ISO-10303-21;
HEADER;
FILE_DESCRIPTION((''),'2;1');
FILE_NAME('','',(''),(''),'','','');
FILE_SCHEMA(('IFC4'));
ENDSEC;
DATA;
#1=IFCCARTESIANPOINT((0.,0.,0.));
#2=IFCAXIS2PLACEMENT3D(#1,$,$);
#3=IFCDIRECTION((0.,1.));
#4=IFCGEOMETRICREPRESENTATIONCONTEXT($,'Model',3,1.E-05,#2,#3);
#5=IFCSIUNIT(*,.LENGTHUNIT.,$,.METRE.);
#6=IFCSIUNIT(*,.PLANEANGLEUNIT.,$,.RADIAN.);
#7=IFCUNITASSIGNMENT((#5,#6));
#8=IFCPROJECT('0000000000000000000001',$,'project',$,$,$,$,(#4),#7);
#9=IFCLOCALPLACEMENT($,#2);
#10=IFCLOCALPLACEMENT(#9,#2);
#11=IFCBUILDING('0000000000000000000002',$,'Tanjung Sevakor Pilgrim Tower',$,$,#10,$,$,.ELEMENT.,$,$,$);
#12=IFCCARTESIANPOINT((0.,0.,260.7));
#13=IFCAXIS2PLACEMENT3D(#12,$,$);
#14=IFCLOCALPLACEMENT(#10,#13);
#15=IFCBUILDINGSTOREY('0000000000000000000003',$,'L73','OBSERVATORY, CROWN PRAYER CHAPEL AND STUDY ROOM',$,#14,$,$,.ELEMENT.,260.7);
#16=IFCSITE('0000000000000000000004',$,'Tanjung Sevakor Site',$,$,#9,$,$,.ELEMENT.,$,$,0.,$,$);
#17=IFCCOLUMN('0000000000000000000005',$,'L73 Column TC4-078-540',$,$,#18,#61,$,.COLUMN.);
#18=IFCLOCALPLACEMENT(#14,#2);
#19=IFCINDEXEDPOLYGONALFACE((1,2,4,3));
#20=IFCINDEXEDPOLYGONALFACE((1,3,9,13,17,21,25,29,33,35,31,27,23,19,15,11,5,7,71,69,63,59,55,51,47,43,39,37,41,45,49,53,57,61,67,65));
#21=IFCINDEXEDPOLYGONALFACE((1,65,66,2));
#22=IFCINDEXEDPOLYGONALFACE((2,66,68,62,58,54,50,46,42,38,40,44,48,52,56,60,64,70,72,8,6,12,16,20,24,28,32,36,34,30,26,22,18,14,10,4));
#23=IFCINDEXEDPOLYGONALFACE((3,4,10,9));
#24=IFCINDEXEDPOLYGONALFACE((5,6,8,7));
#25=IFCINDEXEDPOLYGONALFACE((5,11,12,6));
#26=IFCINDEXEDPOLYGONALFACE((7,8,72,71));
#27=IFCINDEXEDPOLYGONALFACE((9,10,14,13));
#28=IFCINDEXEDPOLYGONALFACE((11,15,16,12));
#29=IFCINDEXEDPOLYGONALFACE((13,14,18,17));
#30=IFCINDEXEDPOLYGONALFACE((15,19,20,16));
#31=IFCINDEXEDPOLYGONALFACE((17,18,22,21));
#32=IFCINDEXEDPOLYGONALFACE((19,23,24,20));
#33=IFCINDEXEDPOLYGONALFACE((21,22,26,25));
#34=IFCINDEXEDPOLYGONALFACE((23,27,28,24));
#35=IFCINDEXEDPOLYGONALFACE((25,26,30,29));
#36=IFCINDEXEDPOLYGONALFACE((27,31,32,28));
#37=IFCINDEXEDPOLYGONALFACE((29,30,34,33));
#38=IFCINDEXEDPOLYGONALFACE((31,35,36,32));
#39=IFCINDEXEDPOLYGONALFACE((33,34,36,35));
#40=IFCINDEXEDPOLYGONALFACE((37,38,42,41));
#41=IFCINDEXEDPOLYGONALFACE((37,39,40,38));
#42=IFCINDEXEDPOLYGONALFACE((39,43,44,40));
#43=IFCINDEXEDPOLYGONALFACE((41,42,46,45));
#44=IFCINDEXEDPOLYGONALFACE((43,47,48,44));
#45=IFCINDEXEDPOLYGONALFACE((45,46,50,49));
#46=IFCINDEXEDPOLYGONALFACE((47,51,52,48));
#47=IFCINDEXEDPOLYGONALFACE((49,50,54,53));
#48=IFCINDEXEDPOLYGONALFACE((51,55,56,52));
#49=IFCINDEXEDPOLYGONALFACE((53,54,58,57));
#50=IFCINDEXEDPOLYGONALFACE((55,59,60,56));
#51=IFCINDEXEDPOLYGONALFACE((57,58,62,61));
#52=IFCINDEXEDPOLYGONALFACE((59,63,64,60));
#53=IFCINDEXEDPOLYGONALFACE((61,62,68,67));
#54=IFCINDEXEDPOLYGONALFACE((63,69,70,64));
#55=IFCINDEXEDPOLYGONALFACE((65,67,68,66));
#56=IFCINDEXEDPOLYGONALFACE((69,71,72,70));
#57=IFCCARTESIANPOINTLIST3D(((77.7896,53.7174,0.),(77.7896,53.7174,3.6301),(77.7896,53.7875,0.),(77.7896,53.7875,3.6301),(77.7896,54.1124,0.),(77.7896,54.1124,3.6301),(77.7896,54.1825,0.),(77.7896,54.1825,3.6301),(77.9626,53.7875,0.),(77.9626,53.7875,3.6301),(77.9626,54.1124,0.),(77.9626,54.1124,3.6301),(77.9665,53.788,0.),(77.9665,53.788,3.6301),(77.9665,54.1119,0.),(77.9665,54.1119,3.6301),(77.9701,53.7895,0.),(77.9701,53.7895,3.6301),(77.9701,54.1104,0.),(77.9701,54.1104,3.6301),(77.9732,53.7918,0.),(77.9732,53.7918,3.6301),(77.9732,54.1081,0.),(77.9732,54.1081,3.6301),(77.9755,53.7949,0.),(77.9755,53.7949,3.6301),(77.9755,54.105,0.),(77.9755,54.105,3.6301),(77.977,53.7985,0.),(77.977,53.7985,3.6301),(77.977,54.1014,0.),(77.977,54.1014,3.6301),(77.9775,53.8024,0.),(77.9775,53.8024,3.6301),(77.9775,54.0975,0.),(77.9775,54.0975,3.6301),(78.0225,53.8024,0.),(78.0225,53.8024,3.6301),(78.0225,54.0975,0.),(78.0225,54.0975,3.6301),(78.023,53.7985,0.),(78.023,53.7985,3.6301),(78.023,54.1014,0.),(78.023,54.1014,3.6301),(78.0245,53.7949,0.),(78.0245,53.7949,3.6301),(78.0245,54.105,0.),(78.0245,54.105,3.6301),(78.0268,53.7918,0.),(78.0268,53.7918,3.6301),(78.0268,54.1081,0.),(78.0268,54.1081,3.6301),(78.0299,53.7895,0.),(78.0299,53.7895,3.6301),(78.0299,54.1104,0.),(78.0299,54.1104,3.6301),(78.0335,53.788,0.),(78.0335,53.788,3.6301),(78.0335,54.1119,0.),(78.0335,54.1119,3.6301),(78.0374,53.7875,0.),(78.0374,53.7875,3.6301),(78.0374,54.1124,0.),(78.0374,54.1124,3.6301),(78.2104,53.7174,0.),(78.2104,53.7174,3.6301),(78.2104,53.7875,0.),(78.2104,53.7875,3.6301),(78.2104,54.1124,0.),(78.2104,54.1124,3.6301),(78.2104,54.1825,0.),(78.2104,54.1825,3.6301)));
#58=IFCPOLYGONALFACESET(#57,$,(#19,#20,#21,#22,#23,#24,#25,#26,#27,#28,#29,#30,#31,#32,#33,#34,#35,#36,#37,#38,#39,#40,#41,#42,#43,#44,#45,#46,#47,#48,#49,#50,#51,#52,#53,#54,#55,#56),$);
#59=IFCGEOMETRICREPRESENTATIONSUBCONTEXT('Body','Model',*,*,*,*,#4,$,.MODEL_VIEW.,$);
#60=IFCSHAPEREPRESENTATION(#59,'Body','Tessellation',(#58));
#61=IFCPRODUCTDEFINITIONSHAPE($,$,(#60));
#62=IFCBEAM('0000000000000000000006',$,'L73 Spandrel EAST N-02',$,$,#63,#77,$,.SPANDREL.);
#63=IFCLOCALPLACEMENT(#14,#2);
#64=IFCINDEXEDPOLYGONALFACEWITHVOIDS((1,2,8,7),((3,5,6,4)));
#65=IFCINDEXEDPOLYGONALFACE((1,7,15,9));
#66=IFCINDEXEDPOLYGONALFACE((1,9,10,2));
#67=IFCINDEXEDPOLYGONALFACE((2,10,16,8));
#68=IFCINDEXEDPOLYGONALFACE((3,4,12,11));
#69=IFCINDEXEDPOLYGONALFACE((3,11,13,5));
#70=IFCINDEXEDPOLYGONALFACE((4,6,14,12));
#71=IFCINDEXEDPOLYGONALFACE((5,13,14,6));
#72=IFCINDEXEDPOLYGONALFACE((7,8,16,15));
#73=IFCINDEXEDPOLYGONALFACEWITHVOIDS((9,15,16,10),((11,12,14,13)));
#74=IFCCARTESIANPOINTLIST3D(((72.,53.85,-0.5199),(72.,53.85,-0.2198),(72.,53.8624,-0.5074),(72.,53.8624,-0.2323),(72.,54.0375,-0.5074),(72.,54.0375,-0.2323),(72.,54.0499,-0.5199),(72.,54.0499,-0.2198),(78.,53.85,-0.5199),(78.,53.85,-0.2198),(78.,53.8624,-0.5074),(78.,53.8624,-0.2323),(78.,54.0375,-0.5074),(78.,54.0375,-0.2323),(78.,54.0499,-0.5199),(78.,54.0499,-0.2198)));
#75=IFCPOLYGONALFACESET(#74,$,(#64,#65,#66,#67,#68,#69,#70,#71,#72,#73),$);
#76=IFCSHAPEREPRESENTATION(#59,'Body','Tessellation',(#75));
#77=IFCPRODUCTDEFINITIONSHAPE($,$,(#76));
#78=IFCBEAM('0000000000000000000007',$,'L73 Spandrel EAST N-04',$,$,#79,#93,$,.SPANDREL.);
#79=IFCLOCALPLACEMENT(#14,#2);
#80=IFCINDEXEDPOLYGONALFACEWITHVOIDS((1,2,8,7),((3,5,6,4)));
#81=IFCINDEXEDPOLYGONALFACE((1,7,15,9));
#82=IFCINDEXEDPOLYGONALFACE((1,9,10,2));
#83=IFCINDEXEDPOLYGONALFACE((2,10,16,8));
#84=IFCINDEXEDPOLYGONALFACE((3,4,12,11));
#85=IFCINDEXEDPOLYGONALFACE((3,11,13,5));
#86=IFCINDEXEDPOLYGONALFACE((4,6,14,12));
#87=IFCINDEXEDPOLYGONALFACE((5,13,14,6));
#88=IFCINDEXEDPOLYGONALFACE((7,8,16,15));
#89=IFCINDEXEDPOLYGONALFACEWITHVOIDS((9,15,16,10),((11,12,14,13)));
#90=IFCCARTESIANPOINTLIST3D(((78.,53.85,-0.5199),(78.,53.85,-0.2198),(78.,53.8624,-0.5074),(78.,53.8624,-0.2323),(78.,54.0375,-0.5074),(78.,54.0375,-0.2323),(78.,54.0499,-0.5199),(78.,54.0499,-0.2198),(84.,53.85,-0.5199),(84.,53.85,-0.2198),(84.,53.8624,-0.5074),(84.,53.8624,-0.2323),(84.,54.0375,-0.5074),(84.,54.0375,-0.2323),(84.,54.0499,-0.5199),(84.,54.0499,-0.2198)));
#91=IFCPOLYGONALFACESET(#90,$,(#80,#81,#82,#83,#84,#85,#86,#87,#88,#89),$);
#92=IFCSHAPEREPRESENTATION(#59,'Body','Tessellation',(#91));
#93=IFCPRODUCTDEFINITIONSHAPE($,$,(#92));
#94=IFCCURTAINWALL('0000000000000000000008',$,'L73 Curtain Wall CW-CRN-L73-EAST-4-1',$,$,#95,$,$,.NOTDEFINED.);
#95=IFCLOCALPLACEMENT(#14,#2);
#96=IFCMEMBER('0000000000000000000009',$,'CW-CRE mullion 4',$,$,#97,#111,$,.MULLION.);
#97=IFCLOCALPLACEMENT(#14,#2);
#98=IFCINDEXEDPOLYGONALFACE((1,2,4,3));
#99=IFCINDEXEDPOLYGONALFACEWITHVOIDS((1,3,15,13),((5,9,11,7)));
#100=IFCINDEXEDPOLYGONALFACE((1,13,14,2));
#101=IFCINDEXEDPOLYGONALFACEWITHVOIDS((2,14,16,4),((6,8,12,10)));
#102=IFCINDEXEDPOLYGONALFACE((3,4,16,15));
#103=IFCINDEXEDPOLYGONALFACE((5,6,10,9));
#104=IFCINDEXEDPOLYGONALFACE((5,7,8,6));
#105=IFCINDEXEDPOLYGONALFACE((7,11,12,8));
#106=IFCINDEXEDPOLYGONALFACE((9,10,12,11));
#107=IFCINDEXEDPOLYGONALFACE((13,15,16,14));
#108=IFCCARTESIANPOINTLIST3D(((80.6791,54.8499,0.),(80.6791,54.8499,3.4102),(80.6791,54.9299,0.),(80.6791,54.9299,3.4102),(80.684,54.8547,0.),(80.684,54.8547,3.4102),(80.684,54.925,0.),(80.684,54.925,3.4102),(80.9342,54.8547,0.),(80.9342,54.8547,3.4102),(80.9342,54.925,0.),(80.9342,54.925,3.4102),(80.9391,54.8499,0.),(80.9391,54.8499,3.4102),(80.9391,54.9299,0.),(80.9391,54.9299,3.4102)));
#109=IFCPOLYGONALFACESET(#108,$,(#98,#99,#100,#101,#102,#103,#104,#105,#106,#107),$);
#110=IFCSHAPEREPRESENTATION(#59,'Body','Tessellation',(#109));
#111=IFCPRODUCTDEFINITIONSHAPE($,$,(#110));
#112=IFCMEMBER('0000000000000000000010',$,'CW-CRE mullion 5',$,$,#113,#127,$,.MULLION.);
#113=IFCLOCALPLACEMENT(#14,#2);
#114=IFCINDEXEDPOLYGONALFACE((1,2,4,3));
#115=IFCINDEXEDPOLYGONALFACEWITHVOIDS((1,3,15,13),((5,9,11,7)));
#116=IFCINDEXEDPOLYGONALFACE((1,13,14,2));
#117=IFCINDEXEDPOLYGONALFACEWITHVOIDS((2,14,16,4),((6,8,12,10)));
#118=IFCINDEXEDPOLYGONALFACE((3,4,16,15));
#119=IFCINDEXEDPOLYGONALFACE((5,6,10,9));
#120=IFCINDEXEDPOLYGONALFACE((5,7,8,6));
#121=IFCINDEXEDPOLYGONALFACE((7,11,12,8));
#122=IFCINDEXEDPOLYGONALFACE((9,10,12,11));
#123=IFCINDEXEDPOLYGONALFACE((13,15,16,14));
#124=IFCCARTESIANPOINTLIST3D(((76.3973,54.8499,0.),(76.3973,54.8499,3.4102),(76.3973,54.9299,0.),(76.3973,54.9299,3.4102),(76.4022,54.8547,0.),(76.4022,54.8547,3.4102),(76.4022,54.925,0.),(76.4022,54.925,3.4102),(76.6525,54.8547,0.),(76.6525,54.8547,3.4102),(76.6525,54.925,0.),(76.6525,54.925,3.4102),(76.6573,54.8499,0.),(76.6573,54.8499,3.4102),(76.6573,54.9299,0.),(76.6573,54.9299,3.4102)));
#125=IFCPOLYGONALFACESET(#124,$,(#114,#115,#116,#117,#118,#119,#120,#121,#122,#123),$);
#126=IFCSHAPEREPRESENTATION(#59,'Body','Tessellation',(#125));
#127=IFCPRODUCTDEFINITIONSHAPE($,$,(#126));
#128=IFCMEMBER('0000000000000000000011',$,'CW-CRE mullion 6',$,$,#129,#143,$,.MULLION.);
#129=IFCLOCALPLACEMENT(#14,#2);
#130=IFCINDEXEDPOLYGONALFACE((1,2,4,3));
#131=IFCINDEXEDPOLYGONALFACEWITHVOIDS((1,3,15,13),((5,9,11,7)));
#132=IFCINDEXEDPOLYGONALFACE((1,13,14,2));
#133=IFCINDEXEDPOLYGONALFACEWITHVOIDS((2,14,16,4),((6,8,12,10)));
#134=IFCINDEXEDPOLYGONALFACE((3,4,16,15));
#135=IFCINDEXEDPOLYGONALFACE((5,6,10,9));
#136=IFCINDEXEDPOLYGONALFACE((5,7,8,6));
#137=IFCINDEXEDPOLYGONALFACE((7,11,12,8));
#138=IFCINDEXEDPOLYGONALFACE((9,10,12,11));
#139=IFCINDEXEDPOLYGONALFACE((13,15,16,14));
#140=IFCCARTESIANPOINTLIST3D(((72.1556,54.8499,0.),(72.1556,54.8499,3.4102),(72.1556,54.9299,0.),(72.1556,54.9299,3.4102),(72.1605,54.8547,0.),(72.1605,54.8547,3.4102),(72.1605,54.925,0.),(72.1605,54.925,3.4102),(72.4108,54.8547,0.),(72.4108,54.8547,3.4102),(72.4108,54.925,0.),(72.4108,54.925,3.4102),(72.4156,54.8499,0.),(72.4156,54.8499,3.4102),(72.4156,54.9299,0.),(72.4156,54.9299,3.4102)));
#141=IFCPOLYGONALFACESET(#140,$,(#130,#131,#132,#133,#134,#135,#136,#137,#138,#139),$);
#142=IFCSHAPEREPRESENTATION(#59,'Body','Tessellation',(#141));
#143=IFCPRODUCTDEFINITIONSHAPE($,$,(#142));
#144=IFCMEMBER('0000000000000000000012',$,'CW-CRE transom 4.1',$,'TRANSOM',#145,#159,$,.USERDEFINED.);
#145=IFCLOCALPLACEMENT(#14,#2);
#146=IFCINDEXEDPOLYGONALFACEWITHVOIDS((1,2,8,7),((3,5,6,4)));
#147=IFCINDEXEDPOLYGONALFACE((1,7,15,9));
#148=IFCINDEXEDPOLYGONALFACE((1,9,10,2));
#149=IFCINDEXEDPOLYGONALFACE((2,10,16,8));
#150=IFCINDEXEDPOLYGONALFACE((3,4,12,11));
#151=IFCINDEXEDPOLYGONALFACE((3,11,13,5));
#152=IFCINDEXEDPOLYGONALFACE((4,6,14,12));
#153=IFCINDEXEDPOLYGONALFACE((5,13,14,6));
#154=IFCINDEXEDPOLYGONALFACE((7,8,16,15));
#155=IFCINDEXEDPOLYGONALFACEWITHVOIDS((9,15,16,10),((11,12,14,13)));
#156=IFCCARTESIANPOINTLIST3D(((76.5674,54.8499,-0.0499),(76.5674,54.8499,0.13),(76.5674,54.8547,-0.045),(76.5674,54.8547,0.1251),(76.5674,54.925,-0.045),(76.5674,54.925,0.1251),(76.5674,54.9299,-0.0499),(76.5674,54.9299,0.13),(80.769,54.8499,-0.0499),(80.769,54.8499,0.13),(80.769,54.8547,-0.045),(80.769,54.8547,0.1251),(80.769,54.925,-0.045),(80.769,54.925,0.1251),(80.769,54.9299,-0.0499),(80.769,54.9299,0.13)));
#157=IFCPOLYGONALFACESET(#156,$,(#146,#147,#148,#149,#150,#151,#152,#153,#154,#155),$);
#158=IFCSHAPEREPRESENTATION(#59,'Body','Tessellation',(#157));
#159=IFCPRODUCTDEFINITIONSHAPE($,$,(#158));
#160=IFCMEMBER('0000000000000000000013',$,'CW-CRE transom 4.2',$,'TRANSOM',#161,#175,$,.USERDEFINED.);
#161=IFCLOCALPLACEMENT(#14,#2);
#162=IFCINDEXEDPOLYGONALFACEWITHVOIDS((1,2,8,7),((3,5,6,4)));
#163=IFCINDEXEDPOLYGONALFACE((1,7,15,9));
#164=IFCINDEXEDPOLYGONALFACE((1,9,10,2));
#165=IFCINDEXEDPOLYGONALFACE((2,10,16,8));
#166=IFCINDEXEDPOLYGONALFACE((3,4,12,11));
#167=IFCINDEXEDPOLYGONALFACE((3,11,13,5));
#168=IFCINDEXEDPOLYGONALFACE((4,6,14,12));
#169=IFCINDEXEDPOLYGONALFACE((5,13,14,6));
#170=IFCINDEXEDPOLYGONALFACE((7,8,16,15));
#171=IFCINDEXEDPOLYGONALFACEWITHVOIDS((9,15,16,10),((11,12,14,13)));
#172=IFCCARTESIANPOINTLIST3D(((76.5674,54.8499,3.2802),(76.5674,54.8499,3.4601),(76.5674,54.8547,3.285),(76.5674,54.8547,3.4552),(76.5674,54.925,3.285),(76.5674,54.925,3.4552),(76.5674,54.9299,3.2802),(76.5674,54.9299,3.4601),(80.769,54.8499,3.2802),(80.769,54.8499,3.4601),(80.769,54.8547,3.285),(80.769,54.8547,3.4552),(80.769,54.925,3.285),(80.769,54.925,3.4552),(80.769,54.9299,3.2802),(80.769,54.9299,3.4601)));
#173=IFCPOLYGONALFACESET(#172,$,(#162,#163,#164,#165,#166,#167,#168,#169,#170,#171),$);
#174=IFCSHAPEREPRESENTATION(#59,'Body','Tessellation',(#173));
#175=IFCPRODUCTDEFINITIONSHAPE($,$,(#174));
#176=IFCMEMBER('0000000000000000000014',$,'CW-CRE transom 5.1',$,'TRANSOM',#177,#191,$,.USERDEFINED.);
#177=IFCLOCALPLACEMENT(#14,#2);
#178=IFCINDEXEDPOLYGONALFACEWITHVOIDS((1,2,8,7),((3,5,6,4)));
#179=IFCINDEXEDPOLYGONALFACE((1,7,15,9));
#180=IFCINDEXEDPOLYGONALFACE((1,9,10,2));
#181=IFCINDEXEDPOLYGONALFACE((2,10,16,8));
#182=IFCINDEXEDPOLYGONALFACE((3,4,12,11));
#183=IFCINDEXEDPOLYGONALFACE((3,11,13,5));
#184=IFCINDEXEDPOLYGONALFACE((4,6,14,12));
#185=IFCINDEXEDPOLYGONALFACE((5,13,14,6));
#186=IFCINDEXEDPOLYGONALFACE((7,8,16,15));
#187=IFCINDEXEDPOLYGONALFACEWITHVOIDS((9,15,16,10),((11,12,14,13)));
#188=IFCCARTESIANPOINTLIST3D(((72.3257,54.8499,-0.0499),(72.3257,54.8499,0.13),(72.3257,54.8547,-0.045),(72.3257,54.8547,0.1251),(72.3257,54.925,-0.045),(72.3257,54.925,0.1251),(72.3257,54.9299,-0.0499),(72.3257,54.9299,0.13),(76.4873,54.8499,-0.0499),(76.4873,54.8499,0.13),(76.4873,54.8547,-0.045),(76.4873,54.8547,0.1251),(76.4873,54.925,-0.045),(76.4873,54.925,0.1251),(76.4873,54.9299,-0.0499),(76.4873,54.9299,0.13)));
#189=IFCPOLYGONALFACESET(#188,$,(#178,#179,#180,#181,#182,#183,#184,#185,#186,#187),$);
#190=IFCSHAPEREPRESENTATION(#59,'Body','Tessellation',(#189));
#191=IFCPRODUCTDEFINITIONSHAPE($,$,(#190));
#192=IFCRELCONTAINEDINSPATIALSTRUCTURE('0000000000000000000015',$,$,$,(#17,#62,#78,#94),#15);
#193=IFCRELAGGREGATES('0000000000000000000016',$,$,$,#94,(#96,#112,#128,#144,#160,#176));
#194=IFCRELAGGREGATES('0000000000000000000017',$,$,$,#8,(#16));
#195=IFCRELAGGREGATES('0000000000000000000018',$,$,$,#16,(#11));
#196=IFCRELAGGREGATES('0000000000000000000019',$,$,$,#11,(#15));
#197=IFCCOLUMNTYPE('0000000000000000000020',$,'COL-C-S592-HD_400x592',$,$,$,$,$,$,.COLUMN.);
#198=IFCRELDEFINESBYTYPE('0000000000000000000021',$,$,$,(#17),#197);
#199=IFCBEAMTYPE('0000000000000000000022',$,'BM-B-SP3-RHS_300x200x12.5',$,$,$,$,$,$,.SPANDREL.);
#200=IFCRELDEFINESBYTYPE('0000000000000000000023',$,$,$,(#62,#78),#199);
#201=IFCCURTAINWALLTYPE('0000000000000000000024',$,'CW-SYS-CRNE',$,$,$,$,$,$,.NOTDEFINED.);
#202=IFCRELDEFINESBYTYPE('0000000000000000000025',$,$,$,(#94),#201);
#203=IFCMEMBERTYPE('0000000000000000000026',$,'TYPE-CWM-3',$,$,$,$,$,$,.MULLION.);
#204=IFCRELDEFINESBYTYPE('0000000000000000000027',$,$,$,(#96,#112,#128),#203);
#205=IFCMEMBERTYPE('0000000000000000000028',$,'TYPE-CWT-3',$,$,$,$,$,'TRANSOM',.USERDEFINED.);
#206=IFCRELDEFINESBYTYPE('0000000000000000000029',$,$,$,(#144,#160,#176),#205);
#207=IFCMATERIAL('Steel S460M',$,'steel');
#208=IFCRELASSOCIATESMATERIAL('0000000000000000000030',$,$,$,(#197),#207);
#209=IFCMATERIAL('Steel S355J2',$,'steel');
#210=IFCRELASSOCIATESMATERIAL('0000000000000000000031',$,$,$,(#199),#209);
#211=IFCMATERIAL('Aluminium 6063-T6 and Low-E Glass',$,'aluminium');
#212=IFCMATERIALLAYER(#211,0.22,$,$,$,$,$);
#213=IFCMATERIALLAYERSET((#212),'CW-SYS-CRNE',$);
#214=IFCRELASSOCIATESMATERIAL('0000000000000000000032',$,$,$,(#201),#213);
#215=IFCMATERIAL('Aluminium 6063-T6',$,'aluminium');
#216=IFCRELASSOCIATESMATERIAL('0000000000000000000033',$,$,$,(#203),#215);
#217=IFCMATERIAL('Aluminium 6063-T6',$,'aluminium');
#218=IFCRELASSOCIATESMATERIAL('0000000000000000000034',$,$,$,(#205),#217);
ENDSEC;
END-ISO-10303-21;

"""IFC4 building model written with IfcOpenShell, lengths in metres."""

from ifc_helpers import new_model, si_unit, direction, frame, origin, origin_2d, place, context, subcontext, project, spatial, hollow_rectangle, i_section, extrude, material, layer, layer_set, material_profile, profile_set, type_object, element, aggregate, save


model = new_model("IFC4")

# Units and contexts
model_context = context("Model", 3, precision=1e-05, world=origin(), true_north=direction((0.0, 1.0)))
body_context = subcontext(model_context, "Body", "Model", "MODEL_VIEW")
ifc_project = project(units=[si_unit("LENGTHUNIT", "METRE"), si_unit("PLANEANGLEUNIT", "RADIAN")], contexts=[model_context])

# Site, building, storey
site_placement = place(None, origin())
site = spatial("IfcSite", under=ifc_project, at=site_placement, Name="Tanjung Sevakor Site", CompositionType="ELEMENT", RefElevation=0.0)
building_placement = place(site_placement, origin())
building = spatial("IfcBuilding", under=site, at=building_placement, Name="Tanjung Sevakor Pilgrim Tower", CompositionType="ELEMENT")
storey_placement = place(building_placement, frame((0.0, 0.0, 260.7)))
storey = spatial("IfcBuildingStorey", under=building, at=storey_placement, Name="L73", Description="OBSERVATORY, CROWN PRAYER CHAPEL AND STUDY ROOM", CompositionType="ELEMENT", Elevation=260.7)

# Column
ifc_material_1 = material(Name="Steel S460M", Category="steel")
ifc_material_profile_1 = material_profile(ifc_material_1, i_section(OverallWidth=0.4209, OverallDepth=0.4651, WebThickness=0.0449, FlangeThickness=0.0701, FilletRadius=0.0149, at=origin_2d()))
ifc_profile_set_1 = profile_set([ifc_material_profile_1], Name="Steel S460M")
column_type = type_object("IfcColumnType", Name="COL-C-S592-HD_400x592", PredefinedType="COLUMN", material=ifc_profile_set_1)
column_placement = place(storey_placement, frame((78.0, 53.95, 0.0), z_axis=(0.0, 0.0, 1.0), x_axis=(1.0, 0.0, 0.0)))
element("IfcColumn", 1, at=column_placement, inside=storey, type_object=column_type, Name="L73 Column TC4-078-540", PredefinedType="COLUMN", context=body_context, shape_type="SweptSolid", body=[
    extrude(i_section(OverallWidth=0.4209, OverallDepth=0.4651, WebThickness=0.0449, FlangeThickness=0.0701, FilletRadius=0.0149, at=origin_2d()), origin(), (0.0, 0.0, 1.0), 3.6301),
])

# Beams
ifc_material_2 = material(Name="Steel S355J2", Category="steel")
ifc_material_profile_2 = material_profile(ifc_material_2, hollow_rectangle(XDim=0.2, YDim=0.3, WallThickness=0.0125, at=origin_2d()))
ifc_profile_set_2 = profile_set([ifc_material_profile_2], Name="Steel S355J2")
beam_type = type_object("IfcBeamType", Name="BM-B-SP3-RHS_300x200x12.5", PredefinedType="SPANDREL", material=ifc_profile_set_2)
for number, where, z_axis, x_axis, name in (
    (2, (72.0, 53.95, -0.3699), (1.0, 0.0, 0.0), (0.0, 1.0, 0.0), "L73 Spandrel EAST N-02"),
    (3, (78.0, 53.95, -0.3699), (1.0, 0.0, 0.0), (0.0, 1.0, 0.0), "L73 Spandrel EAST N-04"),
):
    element("IfcBeam", number, at=place(storey_placement, frame(where, z_axis=z_axis, x_axis=x_axis)), inside=storey, type_object=beam_type, Name=name, PredefinedType="SPANDREL", context=body_context, shape_type="SweptSolid", body=[
        extrude(hollow_rectangle(XDim=0.2, YDim=0.3, WallThickness=0.0125, at=origin_2d()), origin(), (0.0, 0.0, 1.0), 6.0),
    ])

# Curtain wall, members
ifc_material_3 = material(Name="Aluminium 6063-T6 and Low-E Glass", Category="aluminium")
ifc_layer_1 = layer(ifc_material_3, 0.22)
ifc_layer_set_1 = layer_set([ifc_layer_1], Name="CW-SYS-CRNE")
curtain_wall_type = type_object("IfcCurtainWallType", Name="CW-SYS-CRNE", PredefinedType="NOTDEFINED", material=ifc_layer_set_1)
curtain_wall_placement = place(storey_placement, origin())
curtain_wall = element("IfcCurtainWall", 4, at=curtain_wall_placement, inside=storey, type_object=curtain_wall_type, Name="L73 Curtain Wall CW-CRN-L73-EAST-4-1", PredefinedType="NOTDEFINED")
ifc_material_4 = material(Name="Aluminium 6063-T6", Category="aluminium")
ifc_material_profile_3 = material_profile(ifc_material_4, hollow_rectangle(XDim=0.0801, YDim=0.26, WallThickness=0.0049, at=origin_2d()))
ifc_profile_set_3 = profile_set([ifc_material_profile_3], Name="Aluminium 6063-T6")
member_type_1 = type_object("IfcMemberType", Name="TYPE-CWM-3", PredefinedType="MULLION", material=ifc_profile_set_3)
member_1_placement = place(storey_placement, frame((80.8091, 54.8899, 0.0), z_axis=(0.0, 0.0, 1.0), x_axis=(0.0, -1.0, 0.0)))
member_1 = element("IfcMember", 5, at=member_1_placement, type_object=member_type_1, Name="CW-CRE mullion 4", PredefinedType="MULLION", context=body_context, shape_type="SweptSolid", body=[
    extrude(hollow_rectangle(XDim=0.0801, YDim=0.26, WallThickness=0.0049, at=origin_2d()), origin(), (0.0, 0.0, 1.0), 3.4102),
])
member_2_placement = place(storey_placement, frame((76.5273, 54.8899, 0.0), z_axis=(0.0, 0.0, 1.0), x_axis=(0.0, -1.0, 0.0)))
member_2 = element("IfcMember", 6, at=member_2_placement, type_object=member_type_1, Name="CW-CRE mullion 5", PredefinedType="MULLION", context=body_context, shape_type="SweptSolid", body=[
    extrude(hollow_rectangle(XDim=0.0801, YDim=0.26, WallThickness=0.0049, at=origin_2d()), origin(), (0.0, 0.0, 1.0), 3.4102),
])
member_3_placement = place(storey_placement, frame((72.2856, 54.8899, 0.0), z_axis=(0.0, 0.0, 1.0), x_axis=(0.0, -1.0, 0.0)))
member_3 = element("IfcMember", 7, at=member_3_placement, type_object=member_type_1, Name="CW-CRE mullion 6", PredefinedType="MULLION", context=body_context, shape_type="SweptSolid", body=[
    extrude(hollow_rectangle(XDim=0.0801, YDim=0.26, WallThickness=0.0049, at=origin_2d()), origin(), (0.0, 0.0, 1.0), 3.4102),
])
ifc_material_5 = material(Name="Aluminium 6063-T6", Category="aluminium")
ifc_material_profile_4 = material_profile(ifc_material_5, hollow_rectangle(XDim=0.0801, YDim=0.1799, WallThickness=0.0049, at=origin_2d()))
ifc_profile_set_4 = profile_set([ifc_material_profile_4], Name="Aluminium 6063-T6")
member_type_2 = type_object("IfcMemberType", Name="TYPE-CWT-3", ElementType="TRANSOM", PredefinedType="USERDEFINED", material=ifc_profile_set_4)
member_4_placement = place(storey_placement, frame((80.769, 54.8899, 0.04), z_axis=(-1.0, 0.0, 0.0), x_axis=(0.0, -1.0, 0.0)))
member_4 = element("IfcMember", 8, at=member_4_placement, type_object=member_type_2, Name="CW-CRE transom 4.1", ObjectType="TRANSOM", PredefinedType="USERDEFINED", context=body_context, shape_type="SweptSolid", body=[
    extrude(hollow_rectangle(XDim=0.0801, YDim=0.1799, WallThickness=0.0049, at=origin_2d()), origin(), (0.0, 0.0, 1.0), 4.2017),
])
member_5_placement = place(storey_placement, frame((80.769, 54.8899, 3.3701), z_axis=(-1.0, 0.0, 0.0), x_axis=(0.0, -1.0, 0.0)))
member_5 = element("IfcMember", 9, at=member_5_placement, type_object=member_type_2, Name="CW-CRE transom 4.2", ObjectType="TRANSOM", PredefinedType="USERDEFINED", context=body_context, shape_type="SweptSolid", body=[
    extrude(hollow_rectangle(XDim=0.0801, YDim=0.1799, WallThickness=0.0049, at=origin_2d()), origin(), (0.0, 0.0, 1.0), 4.2017),
])
member_6_placement = place(storey_placement, frame((76.4873, 54.8899, 0.04), z_axis=(-1.0, 0.0, 0.0), x_axis=(0.0, -1.0, 0.0)))
member_6 = element("IfcMember", 10, at=member_6_placement, type_object=member_type_2, Name="CW-CRE transom 5.1", ObjectType="TRANSOM", PredefinedType="USERDEFINED", context=body_context, shape_type="SweptSolid", body=[
    extrude(hollow_rectangle(XDim=0.0801, YDim=0.1799, WallThickness=0.0049, at=origin_2d()), origin(), (0.0, 0.0, 1.0), 4.1616),
])
aggregate(curtain_wall, [member_1, member_2, member_3, member_4, member_5, member_6])

save(model, "model.ifc")
